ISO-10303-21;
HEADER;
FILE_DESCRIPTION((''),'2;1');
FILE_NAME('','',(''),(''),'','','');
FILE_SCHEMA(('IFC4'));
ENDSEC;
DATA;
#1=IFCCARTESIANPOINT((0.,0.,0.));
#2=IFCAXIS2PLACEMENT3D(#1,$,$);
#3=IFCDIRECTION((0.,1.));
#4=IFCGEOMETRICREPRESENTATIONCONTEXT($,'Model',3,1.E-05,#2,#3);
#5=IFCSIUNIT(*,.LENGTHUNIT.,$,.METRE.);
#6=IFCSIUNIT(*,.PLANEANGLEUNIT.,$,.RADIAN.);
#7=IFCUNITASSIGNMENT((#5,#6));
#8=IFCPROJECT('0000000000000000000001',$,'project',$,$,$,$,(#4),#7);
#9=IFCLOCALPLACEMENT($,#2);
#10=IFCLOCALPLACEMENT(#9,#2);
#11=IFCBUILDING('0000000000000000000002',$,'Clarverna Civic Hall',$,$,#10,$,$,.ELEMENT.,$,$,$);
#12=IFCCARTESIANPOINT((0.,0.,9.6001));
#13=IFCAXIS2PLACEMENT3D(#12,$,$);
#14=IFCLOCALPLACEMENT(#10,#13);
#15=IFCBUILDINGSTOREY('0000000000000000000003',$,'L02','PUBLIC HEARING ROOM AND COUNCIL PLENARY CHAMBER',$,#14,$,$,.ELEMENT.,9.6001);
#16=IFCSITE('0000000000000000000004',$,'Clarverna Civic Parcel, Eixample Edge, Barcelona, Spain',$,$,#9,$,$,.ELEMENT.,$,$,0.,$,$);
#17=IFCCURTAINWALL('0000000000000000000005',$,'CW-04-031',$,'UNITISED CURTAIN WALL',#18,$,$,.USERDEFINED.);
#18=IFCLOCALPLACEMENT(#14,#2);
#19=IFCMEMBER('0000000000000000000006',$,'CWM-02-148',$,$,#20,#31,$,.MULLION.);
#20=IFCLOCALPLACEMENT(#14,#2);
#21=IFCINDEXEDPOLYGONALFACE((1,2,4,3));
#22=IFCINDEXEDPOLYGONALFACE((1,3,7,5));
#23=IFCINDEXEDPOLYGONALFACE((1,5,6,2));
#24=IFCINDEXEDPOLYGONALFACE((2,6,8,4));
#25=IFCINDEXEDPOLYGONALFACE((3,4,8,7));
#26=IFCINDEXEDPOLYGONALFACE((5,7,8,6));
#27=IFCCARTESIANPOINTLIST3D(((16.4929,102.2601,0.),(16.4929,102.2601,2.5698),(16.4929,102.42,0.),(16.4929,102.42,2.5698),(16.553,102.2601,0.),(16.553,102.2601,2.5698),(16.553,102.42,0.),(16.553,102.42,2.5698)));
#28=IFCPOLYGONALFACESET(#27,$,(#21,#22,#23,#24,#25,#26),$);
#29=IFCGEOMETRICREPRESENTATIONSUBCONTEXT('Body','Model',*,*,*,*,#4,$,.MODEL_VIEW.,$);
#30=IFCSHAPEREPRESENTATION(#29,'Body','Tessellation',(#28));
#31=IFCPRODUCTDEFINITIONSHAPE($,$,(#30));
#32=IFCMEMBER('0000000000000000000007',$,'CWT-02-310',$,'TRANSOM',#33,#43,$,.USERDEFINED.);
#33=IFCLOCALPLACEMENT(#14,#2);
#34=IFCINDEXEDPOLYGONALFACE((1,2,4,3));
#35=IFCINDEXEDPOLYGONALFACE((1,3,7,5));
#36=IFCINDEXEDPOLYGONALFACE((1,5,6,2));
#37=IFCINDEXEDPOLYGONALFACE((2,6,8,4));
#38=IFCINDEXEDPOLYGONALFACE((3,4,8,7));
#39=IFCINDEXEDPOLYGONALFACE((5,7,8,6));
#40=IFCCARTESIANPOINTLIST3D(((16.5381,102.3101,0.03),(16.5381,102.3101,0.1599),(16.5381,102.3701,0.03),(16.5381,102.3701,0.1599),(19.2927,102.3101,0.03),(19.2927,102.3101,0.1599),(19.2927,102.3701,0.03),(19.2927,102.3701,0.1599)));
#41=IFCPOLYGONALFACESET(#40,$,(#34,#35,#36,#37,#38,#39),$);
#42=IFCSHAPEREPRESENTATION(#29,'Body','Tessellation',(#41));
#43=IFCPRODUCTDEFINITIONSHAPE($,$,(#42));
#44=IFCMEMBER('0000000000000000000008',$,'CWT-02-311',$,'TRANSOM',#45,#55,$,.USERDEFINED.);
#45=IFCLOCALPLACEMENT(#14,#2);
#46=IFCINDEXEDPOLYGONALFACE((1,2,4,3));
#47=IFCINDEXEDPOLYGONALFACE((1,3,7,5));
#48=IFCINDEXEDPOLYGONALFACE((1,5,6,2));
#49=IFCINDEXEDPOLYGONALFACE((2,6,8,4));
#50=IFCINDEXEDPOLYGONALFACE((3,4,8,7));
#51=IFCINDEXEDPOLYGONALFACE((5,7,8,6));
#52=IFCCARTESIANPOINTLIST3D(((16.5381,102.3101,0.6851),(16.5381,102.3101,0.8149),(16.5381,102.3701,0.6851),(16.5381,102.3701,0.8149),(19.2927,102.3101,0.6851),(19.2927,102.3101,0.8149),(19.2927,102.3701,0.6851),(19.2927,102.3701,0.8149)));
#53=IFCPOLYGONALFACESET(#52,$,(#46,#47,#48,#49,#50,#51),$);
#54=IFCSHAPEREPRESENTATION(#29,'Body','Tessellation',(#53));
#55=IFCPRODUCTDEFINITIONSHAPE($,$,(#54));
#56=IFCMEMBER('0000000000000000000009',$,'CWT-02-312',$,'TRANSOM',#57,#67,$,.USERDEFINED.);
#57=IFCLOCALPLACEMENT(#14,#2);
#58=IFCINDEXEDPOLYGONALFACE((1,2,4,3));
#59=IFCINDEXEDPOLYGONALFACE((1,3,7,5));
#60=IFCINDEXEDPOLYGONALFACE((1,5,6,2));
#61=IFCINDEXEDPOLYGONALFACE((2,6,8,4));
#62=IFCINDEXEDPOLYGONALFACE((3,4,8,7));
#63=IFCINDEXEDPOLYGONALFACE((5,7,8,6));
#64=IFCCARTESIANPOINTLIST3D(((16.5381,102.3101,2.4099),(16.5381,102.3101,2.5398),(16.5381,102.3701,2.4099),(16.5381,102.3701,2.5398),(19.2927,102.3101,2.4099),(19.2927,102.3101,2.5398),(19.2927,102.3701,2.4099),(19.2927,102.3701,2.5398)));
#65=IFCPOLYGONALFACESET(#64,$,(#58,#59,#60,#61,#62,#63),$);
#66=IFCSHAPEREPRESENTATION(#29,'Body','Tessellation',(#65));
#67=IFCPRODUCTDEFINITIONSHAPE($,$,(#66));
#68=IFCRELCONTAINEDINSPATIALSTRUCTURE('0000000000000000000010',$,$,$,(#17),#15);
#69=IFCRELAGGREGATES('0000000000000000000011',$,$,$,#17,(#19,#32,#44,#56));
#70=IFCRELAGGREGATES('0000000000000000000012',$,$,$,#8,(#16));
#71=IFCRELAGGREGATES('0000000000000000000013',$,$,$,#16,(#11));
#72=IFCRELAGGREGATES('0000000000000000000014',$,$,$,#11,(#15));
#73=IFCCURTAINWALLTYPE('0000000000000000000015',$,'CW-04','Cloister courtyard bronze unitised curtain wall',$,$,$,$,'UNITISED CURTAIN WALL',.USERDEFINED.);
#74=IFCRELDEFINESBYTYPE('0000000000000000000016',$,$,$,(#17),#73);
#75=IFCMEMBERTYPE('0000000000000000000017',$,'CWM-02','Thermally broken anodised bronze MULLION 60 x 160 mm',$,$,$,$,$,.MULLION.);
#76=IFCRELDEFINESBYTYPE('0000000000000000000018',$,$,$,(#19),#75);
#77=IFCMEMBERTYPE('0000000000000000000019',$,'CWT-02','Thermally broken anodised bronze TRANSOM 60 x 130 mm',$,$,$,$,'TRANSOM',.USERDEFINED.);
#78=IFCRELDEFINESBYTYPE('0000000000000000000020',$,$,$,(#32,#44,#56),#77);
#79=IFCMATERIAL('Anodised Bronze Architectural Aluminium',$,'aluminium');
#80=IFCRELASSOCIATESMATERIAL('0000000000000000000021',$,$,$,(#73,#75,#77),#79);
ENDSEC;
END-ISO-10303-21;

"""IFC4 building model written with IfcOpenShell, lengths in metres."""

from ifc_helpers import new_model, si_unit, direction, frame, origin, origin_2d, place, context, subcontext, project, spatial, rectangle, extrude, material, material_profile, profile_set, type_object, element, aggregate, save


model = new_model("IFC4")

# Units and contexts
model_context = context("Model", 3, precision=1e-05, world=origin(), true_north=direction((0.0, 1.0)))
body_context = subcontext(model_context, "Body", "Model", "MODEL_VIEW")
ifc_project = project(units=[si_unit("LENGTHUNIT", "METRE"), si_unit("PLANEANGLEUNIT", "RADIAN")], contexts=[model_context])

# Site, building, storey
site_placement = place(None, origin())
site = spatial("IfcSite", under=ifc_project, at=site_placement, Name="Clarverna Civic Parcel, Eixample Edge, Barcelona, Spain", CompositionType="ELEMENT", RefElevation=0.0)
building_placement = place(site_placement, origin())
building = spatial("IfcBuilding", under=site, at=building_placement, Name="Clarverna Civic Hall", CompositionType="ELEMENT")
storey_placement = place(building_placement, frame((0.0, 0.0, 9.6001)))
storey = spatial("IfcBuildingStorey", under=building, at=storey_placement, Name="L02", Description="PUBLIC HEARING ROOM AND COUNCIL PLENARY CHAMBER", CompositionType="ELEMENT", Elevation=9.6001)

# Curtain wall, members
ifc_material_1 = material(Name="Anodised Bronze Architectural Aluminium", Category="aluminium")
curtain_wall_type = type_object("IfcCurtainWallType", Name="CW-04", Description="Cloister courtyard bronze unitised curtain wall", ElementType="UNITISED CURTAIN WALL", PredefinedType="USERDEFINED", material=ifc_material_1)
curtain_wall_placement = place(storey_placement, origin())
curtain_wall = element("IfcCurtainWall", 1, at=curtain_wall_placement, inside=storey, type_object=curtain_wall_type, Name="CW-04-031", ObjectType="UNITISED CURTAIN WALL", PredefinedType="USERDEFINED")
ifc_material_profile_1 = material_profile(ifc_material_1, rectangle(XDim=0.0601, YDim=0.1599, at=origin_2d()), Name="BRONZE 60x160")
ifc_profile_set_1 = profile_set([ifc_material_profile_1], Name="Anodised Bronze Architectural Aluminium")
member_type_1 = type_object("IfcMemberType", Name="CWM-02", Description="Thermally broken anodised bronze MULLION 60 x 160 mm", PredefinedType="MULLION", material=ifc_profile_set_1)
member_1_placement = place(storey_placement, frame((16.5229, 102.3401, 0.0), z_axis=(0.0, 0.0, 1.0), x_axis=(1.0, 0.0, 0.0)))
member_1 = element("IfcMember", 2, at=member_1_placement, type_object=member_type_1, Name="CWM-02-148", PredefinedType="MULLION", context=body_context, shape_type="SweptSolid", body=[
    extrude(rectangle(XDim=0.0601, YDim=0.1599, at=origin_2d()), origin(), (0.0, 0.0, 1.0), 2.5698),
])
ifc_material_profile_2 = material_profile(ifc_material_1, rectangle(XDim=0.0601, YDim=0.1299, at=origin_2d()), Name="BRONZE 60x130")
ifc_profile_set_2 = profile_set([ifc_material_profile_2], Name="Anodised Bronze Architectural Aluminium")
member_type_2 = type_object("IfcMemberType", Name="CWT-02", Description="Thermally broken anodised bronze TRANSOM 60 x 130 mm", ElementType="TRANSOM", PredefinedType="USERDEFINED", material=ifc_profile_set_2)
member_2_placement = place(storey_placement, frame((19.2927, 102.3401, 0.095), z_axis=(-1.0, 0.0, 0.0), x_axis=(0.0, -1.0, 0.0)))
member_2 = element("IfcMember", 3, at=member_2_placement, type_object=member_type_2, Name="CWT-02-310", ObjectType="TRANSOM", PredefinedType="USERDEFINED", context=body_context, shape_type="SweptSolid", body=[
    extrude(rectangle(XDim=0.0601, YDim=0.1299, at=origin_2d()), origin(), (0.0, 0.0, 1.0), 2.7546),
])
member_3_placement = place(storey_placement, frame((19.2927, 102.3401, 0.75), z_axis=(-1.0, 0.0, 0.0), x_axis=(0.0, -1.0, 0.0)))
member_3 = element("IfcMember", 4, at=member_3_placement, type_object=member_type_2, Name="CWT-02-311", ObjectType="TRANSOM", PredefinedType="USERDEFINED", context=body_context, shape_type="SweptSolid", body=[
    extrude(rectangle(XDim=0.0601, YDim=0.1299, at=origin_2d()), origin(), (0.0, 0.0, 1.0), 2.7546),
])
member_4_placement = place(storey_placement, frame((19.2927, 102.3401, 2.4749), z_axis=(-1.0, 0.0, 0.0), x_axis=(0.0, -1.0, 0.0)))
member_4 = element("IfcMember", 5, at=member_4_placement, type_object=member_type_2, Name="CWT-02-312", ObjectType="TRANSOM", PredefinedType="USERDEFINED", context=body_context, shape_type="SweptSolid", body=[
    extrude(rectangle(XDim=0.0601, YDim=0.1299, at=origin_2d()), origin(), (0.0, 0.0, 1.0), 2.7546),
])
aggregate(curtain_wall, [member_1, member_2, member_3, member_4])

save(model, "model.ifc")
